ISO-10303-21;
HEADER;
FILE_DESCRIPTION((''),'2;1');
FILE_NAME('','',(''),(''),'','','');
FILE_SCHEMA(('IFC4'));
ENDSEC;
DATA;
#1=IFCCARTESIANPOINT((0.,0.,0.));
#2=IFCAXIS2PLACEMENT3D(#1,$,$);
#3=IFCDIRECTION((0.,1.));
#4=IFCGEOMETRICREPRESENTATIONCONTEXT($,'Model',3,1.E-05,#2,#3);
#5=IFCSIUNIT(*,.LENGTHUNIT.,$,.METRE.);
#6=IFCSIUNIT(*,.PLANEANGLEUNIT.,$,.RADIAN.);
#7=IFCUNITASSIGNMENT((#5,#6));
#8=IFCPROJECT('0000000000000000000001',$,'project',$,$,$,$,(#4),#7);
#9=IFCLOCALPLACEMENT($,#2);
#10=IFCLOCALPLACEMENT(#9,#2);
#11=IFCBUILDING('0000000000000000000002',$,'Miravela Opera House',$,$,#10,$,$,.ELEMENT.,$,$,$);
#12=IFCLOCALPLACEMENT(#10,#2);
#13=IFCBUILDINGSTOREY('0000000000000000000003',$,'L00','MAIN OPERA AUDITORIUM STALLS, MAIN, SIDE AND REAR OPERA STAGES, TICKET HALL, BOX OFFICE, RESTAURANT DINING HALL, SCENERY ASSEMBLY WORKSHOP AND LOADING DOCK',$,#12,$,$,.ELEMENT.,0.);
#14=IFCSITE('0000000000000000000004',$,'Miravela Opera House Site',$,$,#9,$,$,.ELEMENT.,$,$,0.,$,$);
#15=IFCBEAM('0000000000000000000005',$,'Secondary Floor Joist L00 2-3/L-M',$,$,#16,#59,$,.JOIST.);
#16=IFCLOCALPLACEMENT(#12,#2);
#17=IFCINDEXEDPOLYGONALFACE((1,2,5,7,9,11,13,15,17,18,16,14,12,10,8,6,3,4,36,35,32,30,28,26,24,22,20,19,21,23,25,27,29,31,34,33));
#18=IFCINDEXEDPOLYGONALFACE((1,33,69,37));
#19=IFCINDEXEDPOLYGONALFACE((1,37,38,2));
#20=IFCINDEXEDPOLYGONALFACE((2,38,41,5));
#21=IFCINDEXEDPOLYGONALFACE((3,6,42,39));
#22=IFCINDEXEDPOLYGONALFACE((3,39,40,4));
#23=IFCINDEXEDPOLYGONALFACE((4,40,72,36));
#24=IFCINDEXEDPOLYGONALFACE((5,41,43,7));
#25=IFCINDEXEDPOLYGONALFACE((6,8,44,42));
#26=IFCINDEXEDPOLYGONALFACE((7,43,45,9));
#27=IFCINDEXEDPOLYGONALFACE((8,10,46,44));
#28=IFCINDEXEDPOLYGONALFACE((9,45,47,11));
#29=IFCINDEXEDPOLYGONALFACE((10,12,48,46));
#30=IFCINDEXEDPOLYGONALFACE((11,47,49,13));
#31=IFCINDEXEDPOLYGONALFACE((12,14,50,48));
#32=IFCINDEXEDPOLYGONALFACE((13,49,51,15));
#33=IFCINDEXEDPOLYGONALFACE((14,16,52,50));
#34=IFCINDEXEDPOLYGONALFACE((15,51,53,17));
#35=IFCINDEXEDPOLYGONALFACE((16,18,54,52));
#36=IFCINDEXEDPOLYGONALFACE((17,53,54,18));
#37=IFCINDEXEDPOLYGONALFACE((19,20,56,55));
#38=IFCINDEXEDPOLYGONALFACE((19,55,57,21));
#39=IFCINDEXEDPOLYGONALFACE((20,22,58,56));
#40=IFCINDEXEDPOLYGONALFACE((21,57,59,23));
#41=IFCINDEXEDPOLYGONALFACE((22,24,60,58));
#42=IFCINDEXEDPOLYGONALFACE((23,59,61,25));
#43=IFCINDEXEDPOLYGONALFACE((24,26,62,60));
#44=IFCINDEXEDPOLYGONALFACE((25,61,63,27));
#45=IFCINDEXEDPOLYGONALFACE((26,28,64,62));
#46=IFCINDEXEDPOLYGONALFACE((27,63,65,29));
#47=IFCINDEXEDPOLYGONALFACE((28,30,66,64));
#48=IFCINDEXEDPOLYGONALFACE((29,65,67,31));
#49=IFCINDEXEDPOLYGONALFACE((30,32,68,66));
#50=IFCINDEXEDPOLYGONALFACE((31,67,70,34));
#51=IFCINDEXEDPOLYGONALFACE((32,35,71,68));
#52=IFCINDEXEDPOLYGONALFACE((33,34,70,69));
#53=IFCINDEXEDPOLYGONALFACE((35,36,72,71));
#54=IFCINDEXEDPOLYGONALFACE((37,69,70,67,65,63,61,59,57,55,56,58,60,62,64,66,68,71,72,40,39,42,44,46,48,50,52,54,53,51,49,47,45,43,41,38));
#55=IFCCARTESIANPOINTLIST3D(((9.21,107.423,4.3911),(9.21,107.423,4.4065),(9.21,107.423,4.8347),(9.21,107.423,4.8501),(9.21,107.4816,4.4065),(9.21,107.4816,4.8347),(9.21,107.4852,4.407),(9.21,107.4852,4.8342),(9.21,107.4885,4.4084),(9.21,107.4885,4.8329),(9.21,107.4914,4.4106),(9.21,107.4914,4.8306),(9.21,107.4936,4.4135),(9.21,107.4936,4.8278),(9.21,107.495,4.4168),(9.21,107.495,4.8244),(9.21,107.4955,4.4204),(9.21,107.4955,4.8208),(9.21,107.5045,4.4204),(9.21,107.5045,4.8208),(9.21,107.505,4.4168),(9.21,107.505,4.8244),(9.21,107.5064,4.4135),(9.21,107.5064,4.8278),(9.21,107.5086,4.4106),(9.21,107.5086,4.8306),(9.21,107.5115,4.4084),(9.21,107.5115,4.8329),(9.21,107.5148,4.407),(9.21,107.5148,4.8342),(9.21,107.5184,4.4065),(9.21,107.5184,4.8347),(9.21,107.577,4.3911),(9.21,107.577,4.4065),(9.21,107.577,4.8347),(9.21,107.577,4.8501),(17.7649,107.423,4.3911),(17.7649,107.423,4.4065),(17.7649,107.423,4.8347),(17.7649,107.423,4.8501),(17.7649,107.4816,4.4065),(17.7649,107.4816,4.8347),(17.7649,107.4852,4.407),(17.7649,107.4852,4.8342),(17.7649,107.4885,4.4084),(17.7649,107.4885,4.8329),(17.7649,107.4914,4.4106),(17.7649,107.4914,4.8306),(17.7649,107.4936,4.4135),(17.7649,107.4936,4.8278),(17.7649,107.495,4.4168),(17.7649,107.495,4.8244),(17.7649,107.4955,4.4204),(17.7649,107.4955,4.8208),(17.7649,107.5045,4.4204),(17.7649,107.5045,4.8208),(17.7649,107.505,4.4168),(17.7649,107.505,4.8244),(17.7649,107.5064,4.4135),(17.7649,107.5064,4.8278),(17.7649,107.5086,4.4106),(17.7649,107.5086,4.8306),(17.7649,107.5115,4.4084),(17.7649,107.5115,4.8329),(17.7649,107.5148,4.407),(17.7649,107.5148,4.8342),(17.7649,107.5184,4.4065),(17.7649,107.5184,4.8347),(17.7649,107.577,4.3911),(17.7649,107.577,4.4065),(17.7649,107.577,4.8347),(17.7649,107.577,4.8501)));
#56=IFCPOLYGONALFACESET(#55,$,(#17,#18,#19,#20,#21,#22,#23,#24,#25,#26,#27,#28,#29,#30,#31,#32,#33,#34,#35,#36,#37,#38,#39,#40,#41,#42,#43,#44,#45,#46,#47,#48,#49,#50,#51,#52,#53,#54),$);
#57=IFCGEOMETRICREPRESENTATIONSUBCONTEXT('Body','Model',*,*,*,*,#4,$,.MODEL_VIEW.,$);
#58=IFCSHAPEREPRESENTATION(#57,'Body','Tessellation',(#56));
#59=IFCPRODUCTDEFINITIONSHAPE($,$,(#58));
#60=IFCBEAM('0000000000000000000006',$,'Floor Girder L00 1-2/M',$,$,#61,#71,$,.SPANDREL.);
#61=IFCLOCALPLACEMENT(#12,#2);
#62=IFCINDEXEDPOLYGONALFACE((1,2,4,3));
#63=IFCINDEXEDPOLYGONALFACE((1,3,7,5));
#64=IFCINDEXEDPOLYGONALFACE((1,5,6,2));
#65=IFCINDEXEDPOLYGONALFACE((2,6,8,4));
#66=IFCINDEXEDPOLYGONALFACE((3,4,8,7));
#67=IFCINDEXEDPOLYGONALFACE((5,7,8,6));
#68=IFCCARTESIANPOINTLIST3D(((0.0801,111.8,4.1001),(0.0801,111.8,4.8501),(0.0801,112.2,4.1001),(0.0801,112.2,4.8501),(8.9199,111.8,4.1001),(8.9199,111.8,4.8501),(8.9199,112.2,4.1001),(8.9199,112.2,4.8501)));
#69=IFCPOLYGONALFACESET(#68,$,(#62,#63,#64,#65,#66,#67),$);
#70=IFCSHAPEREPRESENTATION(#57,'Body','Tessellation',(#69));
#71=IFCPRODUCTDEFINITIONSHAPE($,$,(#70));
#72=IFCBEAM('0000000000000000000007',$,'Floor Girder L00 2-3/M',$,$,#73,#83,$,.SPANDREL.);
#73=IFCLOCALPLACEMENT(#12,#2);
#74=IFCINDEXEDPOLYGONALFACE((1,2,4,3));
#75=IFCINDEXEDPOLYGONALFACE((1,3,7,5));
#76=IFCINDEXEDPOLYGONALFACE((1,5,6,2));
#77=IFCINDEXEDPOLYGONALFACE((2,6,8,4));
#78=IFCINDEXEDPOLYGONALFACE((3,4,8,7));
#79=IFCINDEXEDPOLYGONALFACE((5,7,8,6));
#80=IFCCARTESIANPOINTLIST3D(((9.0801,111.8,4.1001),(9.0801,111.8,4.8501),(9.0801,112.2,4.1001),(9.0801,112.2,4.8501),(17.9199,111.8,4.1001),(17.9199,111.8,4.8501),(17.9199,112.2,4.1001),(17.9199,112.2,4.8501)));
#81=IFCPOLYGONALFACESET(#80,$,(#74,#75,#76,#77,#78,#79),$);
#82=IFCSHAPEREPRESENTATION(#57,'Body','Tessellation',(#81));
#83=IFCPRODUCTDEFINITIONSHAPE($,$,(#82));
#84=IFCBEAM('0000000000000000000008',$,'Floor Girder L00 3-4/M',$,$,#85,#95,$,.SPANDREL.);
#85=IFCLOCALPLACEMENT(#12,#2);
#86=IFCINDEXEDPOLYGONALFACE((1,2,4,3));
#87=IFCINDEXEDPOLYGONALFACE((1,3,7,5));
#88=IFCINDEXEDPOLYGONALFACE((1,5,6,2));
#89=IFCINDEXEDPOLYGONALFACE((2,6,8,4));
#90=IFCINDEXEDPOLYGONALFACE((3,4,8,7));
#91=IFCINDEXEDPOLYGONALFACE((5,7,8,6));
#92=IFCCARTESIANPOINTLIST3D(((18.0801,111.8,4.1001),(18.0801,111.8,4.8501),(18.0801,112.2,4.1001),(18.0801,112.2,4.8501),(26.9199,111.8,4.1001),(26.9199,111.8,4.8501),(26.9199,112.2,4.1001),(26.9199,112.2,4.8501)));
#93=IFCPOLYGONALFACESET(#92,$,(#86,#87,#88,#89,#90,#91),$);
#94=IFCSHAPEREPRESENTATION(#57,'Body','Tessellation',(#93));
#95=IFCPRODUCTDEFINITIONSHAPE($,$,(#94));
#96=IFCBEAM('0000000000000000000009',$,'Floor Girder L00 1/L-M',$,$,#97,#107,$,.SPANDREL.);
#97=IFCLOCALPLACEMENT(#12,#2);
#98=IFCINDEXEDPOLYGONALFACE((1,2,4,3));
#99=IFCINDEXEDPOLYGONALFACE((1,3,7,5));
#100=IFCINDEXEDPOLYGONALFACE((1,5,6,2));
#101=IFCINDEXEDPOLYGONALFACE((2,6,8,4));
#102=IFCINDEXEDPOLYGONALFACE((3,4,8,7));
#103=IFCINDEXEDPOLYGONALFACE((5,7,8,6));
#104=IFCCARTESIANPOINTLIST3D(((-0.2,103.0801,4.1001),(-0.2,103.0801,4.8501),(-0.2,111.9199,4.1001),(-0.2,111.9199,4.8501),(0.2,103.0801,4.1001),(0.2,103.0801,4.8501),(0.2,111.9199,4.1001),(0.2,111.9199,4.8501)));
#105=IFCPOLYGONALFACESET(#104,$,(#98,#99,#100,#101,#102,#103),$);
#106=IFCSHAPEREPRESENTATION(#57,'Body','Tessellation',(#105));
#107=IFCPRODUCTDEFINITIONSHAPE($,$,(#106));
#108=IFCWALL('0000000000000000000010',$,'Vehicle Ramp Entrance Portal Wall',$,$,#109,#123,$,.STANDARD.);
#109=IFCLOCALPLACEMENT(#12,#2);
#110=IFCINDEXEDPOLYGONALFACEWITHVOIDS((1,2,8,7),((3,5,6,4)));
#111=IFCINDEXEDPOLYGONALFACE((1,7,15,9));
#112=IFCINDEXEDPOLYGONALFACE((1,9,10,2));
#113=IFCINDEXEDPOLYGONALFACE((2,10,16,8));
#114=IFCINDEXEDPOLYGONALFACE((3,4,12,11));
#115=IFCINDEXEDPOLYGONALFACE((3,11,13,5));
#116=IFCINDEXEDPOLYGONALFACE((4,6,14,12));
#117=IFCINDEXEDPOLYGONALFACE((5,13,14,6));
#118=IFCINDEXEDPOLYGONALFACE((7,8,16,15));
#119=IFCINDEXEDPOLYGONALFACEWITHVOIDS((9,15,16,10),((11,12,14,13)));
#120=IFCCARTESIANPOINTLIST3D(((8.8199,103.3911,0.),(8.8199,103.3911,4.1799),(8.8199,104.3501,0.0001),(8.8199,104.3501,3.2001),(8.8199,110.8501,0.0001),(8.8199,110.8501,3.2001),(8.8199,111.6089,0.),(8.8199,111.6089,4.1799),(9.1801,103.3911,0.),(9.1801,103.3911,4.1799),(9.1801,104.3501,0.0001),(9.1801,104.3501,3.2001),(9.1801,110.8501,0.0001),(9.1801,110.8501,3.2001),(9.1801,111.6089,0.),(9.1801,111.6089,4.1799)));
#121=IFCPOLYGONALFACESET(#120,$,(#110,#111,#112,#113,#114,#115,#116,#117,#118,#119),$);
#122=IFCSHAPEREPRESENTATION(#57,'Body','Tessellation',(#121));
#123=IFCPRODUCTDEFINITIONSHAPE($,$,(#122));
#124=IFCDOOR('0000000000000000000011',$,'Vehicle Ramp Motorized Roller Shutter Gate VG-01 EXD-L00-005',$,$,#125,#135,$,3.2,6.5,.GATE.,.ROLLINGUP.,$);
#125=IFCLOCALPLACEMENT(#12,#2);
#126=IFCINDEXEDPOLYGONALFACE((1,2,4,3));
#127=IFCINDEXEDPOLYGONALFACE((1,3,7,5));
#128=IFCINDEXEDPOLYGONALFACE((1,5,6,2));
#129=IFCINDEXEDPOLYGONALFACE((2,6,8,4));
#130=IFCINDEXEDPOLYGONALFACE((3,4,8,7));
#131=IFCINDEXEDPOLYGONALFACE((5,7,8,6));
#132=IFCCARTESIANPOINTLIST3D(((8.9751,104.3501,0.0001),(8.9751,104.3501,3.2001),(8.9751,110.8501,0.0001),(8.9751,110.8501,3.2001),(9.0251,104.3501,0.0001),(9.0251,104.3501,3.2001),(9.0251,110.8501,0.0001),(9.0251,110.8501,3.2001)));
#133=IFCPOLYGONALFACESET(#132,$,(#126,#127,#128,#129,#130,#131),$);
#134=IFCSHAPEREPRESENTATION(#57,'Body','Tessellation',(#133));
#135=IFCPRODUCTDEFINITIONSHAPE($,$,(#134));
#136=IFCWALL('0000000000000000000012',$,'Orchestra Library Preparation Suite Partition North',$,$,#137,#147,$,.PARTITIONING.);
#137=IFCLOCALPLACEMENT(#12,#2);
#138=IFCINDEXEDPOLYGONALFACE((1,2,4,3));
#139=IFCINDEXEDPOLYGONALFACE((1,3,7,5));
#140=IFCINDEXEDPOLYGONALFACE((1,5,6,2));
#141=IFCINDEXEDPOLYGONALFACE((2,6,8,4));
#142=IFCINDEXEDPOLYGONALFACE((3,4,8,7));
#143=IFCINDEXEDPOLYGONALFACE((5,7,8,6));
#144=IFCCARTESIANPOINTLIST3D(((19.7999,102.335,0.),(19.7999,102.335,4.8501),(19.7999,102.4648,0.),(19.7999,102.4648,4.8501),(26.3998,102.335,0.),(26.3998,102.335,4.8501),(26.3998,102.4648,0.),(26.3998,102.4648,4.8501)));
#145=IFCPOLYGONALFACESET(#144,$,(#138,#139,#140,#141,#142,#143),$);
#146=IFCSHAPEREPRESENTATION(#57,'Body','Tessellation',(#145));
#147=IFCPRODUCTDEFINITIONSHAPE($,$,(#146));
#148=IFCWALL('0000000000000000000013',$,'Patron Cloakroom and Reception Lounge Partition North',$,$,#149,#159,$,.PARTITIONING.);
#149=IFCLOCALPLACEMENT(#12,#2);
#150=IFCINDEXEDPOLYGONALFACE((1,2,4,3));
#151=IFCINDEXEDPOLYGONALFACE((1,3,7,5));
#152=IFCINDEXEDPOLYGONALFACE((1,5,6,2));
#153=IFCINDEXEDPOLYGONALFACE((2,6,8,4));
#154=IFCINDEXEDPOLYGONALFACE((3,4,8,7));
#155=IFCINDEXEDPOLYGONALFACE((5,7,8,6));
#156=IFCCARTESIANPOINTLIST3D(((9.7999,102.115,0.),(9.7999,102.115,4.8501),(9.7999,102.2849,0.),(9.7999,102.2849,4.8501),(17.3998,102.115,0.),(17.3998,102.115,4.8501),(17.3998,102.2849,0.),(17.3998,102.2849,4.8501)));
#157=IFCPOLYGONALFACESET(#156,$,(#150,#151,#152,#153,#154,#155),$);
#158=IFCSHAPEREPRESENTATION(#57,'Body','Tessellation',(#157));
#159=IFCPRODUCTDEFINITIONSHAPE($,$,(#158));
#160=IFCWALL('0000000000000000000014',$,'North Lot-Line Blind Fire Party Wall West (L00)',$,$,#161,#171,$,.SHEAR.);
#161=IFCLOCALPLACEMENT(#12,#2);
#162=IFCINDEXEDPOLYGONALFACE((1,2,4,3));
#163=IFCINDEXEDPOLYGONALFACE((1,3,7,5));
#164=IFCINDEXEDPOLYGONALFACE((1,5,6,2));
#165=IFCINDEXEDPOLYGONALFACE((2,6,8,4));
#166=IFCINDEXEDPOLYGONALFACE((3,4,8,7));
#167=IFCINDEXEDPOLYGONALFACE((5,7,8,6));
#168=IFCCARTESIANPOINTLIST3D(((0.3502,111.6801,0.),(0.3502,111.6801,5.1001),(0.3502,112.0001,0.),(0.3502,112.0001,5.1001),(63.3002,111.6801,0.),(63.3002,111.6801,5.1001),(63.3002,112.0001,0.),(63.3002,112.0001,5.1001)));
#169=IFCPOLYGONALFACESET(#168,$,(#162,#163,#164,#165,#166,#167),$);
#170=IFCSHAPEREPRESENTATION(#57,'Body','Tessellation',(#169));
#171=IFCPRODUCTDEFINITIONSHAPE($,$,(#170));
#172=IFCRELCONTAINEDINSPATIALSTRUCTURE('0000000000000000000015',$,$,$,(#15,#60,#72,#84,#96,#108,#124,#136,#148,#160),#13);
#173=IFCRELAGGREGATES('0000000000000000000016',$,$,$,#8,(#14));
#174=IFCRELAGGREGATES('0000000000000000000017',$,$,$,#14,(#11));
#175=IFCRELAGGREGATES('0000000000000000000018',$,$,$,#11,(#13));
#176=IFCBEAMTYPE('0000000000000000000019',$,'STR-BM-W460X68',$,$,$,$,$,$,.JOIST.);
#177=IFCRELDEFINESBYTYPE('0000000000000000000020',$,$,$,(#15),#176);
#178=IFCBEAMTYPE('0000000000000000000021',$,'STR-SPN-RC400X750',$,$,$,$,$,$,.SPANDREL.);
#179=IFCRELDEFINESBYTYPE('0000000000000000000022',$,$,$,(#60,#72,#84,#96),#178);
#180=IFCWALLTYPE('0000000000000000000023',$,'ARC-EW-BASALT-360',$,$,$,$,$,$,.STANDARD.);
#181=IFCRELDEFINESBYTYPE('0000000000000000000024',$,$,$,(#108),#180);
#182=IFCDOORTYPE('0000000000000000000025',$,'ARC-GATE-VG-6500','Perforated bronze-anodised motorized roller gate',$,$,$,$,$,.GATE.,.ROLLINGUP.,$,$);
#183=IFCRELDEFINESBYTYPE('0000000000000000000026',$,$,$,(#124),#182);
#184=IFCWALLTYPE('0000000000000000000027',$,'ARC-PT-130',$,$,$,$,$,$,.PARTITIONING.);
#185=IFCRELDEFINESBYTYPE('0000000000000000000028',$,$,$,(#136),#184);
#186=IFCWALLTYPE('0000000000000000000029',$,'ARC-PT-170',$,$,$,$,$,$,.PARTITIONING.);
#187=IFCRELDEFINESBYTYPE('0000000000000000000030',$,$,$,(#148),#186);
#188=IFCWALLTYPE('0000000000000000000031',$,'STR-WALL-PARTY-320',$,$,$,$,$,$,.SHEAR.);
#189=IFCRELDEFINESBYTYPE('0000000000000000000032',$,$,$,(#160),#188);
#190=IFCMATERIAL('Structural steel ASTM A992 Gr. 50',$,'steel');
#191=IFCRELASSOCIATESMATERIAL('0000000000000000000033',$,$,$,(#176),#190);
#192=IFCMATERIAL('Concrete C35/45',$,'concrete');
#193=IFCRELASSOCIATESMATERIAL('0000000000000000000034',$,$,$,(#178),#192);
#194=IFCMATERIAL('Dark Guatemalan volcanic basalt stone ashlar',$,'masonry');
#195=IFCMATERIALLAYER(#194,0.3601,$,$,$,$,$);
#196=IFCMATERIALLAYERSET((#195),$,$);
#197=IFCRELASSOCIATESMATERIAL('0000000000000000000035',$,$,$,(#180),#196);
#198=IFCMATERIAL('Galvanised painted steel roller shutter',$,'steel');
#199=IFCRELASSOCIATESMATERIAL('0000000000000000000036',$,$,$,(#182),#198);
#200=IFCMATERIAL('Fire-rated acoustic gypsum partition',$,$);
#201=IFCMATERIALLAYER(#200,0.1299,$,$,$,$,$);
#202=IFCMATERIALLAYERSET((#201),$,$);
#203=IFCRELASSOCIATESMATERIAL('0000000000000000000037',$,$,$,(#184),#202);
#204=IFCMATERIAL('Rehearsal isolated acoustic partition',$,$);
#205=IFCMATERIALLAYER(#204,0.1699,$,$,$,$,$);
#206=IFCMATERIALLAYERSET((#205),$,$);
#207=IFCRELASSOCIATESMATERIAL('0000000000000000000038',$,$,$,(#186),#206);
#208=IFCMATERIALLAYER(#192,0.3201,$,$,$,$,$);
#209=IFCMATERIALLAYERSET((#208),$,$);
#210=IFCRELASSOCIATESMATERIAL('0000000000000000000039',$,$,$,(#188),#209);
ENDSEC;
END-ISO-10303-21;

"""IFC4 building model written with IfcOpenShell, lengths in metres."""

from ifc_helpers import new_model, si_unit, direction, frame, frame_2d, origin, origin_2d, place, context, subcontext, project, spatial, rectangle, i_section, extrude, material, layer, layer_set, material_profile, profile_set, type_object, element, fill, save


model = new_model("IFC4")

# Units and contexts
model_context = context("Model", 3, precision=1e-05, world=origin(), true_north=direction((0.0, 1.0)))
body_context = subcontext(model_context, "Body", "Model", "MODEL_VIEW")
ifc_project = project(units=[si_unit("LENGTHUNIT", "METRE"), si_unit("PLANEANGLEUNIT", "RADIAN")], contexts=[model_context])

# Site, building, storey
site_placement = place(None, origin())
site = spatial("IfcSite", under=ifc_project, at=site_placement, Name="Miravela Opera House Site", CompositionType="ELEMENT", RefElevation=0.0)
building_placement = place(site_placement, origin())
building = spatial("IfcBuilding", under=site, at=building_placement, Name="Miravela Opera House", CompositionType="ELEMENT")
storey_placement = place(building_placement, origin())
storey = spatial("IfcBuildingStorey", under=building, at=storey_placement, Name="L00", Description="MAIN OPERA AUDITORIUM STALLS, MAIN, SIDE AND REAR OPERA STAGES, TICKET HALL, BOX OFFICE, RESTAURANT DINING HALL, SCENERY ASSEMBLY WORKSHOP AND LOADING DOCK", CompositionType="ELEMENT", Elevation=0.0)

# Shared definitions
ifc_material_1 = material(Name="Concrete C35/45", Category="concrete")

# Beams
ifc_material_2 = material(Name="Structural steel ASTM A992 Gr. 50", Category="steel")
ifc_material_profile_1 = material_profile(ifc_material_2, i_section(OverallWidth=0.1541, OverallDepth=0.459, WebThickness=0.009, FlangeThickness=0.0154, FilletRadius=0.0139, at=origin_2d()), Name="W460X68")
ifc_profile_set_1 = profile_set([ifc_material_profile_1])
beam_type_1 = type_object("IfcBeamType", Name="STR-BM-W460X68", PredefinedType="JOIST", material=ifc_profile_set_1)
beam_1_placement = place(storey_placement, frame((9.21, 107.5, 4.6206), z_axis=(1.0, 0.0, 0.0), x_axis=(0.0, 1.0, 0.0)))
element("IfcBeam", 1, at=beam_1_placement, inside=storey, type_object=beam_type_1, Name="Secondary Floor Joist L00 2-3/L-M", PredefinedType="JOIST", context=body_context, shape_type="SweptSolid", body=[
    extrude(i_section(OverallWidth=0.1541, OverallDepth=0.459, WebThickness=0.009, FlangeThickness=0.0154, FilletRadius=0.0139, at=origin_2d()), origin(), (0.0, 0.0, 1.0), 8.5549),
])
ifc_material_profile_2 = material_profile(ifc_material_1, rectangle(XDim=0.3999, YDim=0.75, at=origin_2d()), Name="RC-SPN-400X750")
ifc_profile_set_2 = profile_set([ifc_material_profile_2])
beam_type_2 = type_object("IfcBeamType", Name="STR-SPN-RC400X750", PredefinedType="SPANDREL", material=ifc_profile_set_2)
for number, where, z_axis, x_axis, name in (
    (2, (0.0801, 112.0, 4.4751), (1.0, 0.0, 0.0), (0.0, 1.0, 0.0), "Floor Girder L00 1-2/M"),
    (3, (9.0801, 112.0, 4.4751), (1.0, 0.0, 0.0), (0.0, 1.0, 0.0), "Floor Girder L00 2-3/M"),
    (4, (18.0801, 112.0, 4.4751), (1.0, 0.0, 0.0), (0.0, 1.0, 0.0), "Floor Girder L00 3-4/M"),
    (5, (0.0, 103.0801, 4.4751), (0.0, 1.0, 0.0), (-1.0, 0.0, 0.0), "Floor Girder L00 1/L-M"),
):
    element("IfcBeam", number, at=place(storey_placement, frame(where, z_axis=z_axis, x_axis=x_axis)), inside=storey, type_object=beam_type_2, Name=name, PredefinedType="SPANDREL", context=body_context, shape_type="SweptSolid", body=[
        extrude(rectangle(XDim=0.3999, YDim=0.75, at=origin_2d()), origin(), (0.0, 0.0, 1.0), 8.8398),
    ])

# Wall, opening, door
ifc_material_3 = material(Name="Dark Guatemalan volcanic basalt stone ashlar", Category="masonry")
ifc_layer_1 = layer(ifc_material_3, 0.3601)
ifc_layer_set_1 = layer_set([ifc_layer_1])
wall_type_1 = type_object("IfcWallType", Name="ARC-EW-BASALT-360", PredefinedType="STANDARD", material=ifc_layer_set_1)
wall_1_placement = place(storey_placement, frame((9.0, 103.3911, 0.0), z_axis=(0.0, 0.0, 1.0), x_axis=(0.0, 1.0, 0.0)))
wall_1 = element("IfcWall", 6, at=wall_1_placement, inside=storey, type_object=wall_type_1, Name="Vehicle Ramp Entrance Portal Wall", PredefinedType="STANDARD", context=body_context, shape_type="SweptSolid", body=[
    extrude(rectangle(XDim=8.2178, YDim=0.3601, at=frame_2d((4.1089, 0.0))), origin(), (0.0, 0.0, 1.0), 4.1799),
])
opening_placement = place(wall_1_placement, frame((0.959, 0.0, 0.0)))
opening = element("IfcOpeningElement", 7, at=opening_placement, cuts=wall_1, PredefinedType="OPENING", context=body_context, shape_type="SweptSolid", body=[
    extrude(rectangle(XDim=6.5, YDim=3.2, at=frame_2d((3.25, 1.6001))), frame((0.0, 0.1899, 0.0), z_axis=(0.0, -1.0, 0.0), x_axis=(1.0, 0.0, 0.0)), (0.0, 0.0, 1.0), 0.3801),
])
ifc_material_4 = material(Name="Galvanised painted steel roller shutter", Category="steel")
door_type = type_object("IfcDoorType", Name="ARC-GATE-VG-6500", Description="Perforated bronze-anodised motorized roller gate", OperationType="ROLLINGUP", PredefinedType="GATE", material=ifc_material_4)
door_placement = place(opening_placement, origin())
door = element("IfcDoor", 8, at=door_placement, inside=storey, type_object=door_type, Name="Vehicle Ramp Motorized Roller Shutter Gate VG-01 EXD-L00-005", OperationType="ROLLINGUP", OverallHeight=3.2, OverallWidth=6.5, PredefinedType="GATE", context=body_context, shape_type="SweptSolid", body=[
    extrude(rectangle(XDim=6.5, YDim=3.2, at=frame_2d((3.25, 1.6001))), frame((0.0, 0.0249, 0.0), z_axis=(0.0, -1.0, 0.0), x_axis=(1.0, 0.0, 0.0)), (0.0, 0.0, 1.0), 0.05),
])
fill(opening, door)

# Walls
ifc_material_5 = material(Name="Fire-rated acoustic gypsum partition")
ifc_layer_2 = layer(ifc_material_5, 0.1299)
ifc_layer_set_2 = layer_set([ifc_layer_2])
wall_type_2 = type_object("IfcWallType", Name="ARC-PT-130", PredefinedType="PARTITIONING", material=ifc_layer_set_2)
wall_2_placement = place(storey_placement, frame((19.8, 102.3999, 0.0), z_axis=(0.0, 0.0, 1.0), x_axis=(1.0, 0.0, 0.0)))
element("IfcWall", 9, at=wall_2_placement, inside=storey, type_object=wall_type_2, Name="Orchestra Library Preparation Suite Partition North", PredefinedType="PARTITIONING", context=body_context, shape_type="SweptSolid", body=[
    extrude(rectangle(XDim=6.5999, YDim=0.1299, at=frame_2d((3.2998, 0.0))), origin(), (0.0, 0.0, 1.0), 4.8501),
])
ifc_material_6 = material(Name="Rehearsal isolated acoustic partition")
ifc_layer_3 = layer(ifc_material_6, 0.1699)
ifc_layer_set_3 = layer_set([ifc_layer_3])
wall_type_3 = type_object("IfcWallType", Name="ARC-PT-170", PredefinedType="PARTITIONING", material=ifc_layer_set_3)
wall_3_placement = place(storey_placement, frame((9.8, 102.2, 0.0), z_axis=(0.0, 0.0, 1.0), x_axis=(1.0, 0.0, 0.0)))
element("IfcWall", 10, at=wall_3_placement, inside=storey, type_object=wall_type_3, Name="Patron Cloakroom and Reception Lounge Partition North", PredefinedType="PARTITIONING", context=body_context, shape_type="SweptSolid", body=[
    extrude(rectangle(XDim=7.5999, YDim=0.1699, at=frame_2d((3.7998, 0.0))), origin(), (0.0, 0.0, 1.0), 4.8501),
])
ifc_layer_4 = layer(ifc_material_1, 0.3201)
ifc_layer_set_4 = layer_set([ifc_layer_4])
wall_type_4 = type_object("IfcWallType", Name="STR-WALL-PARTY-320", PredefinedType="SHEAR", material=ifc_layer_set_4)
wall_4_placement = place(storey_placement, frame((0.3501, 111.8401, 0.0), z_axis=(0.0, 0.0, 1.0), x_axis=(1.0, 0.0, 0.0)))
element("IfcWall", 11, at=wall_4_placement, inside=storey, type_object=wall_type_4, Name="North Lot-Line Blind Fire Party Wall West (L00)", PredefinedType="SHEAR", context=body_context, shape_type="SweptSolid", body=[
    extrude(rectangle(XDim=62.95, YDim=0.3201, at=frame_2d((31.4751, 0.0))), origin(), (0.0, 0.0, 1.0), 5.1001),
])

save(model, "model.ifc")
